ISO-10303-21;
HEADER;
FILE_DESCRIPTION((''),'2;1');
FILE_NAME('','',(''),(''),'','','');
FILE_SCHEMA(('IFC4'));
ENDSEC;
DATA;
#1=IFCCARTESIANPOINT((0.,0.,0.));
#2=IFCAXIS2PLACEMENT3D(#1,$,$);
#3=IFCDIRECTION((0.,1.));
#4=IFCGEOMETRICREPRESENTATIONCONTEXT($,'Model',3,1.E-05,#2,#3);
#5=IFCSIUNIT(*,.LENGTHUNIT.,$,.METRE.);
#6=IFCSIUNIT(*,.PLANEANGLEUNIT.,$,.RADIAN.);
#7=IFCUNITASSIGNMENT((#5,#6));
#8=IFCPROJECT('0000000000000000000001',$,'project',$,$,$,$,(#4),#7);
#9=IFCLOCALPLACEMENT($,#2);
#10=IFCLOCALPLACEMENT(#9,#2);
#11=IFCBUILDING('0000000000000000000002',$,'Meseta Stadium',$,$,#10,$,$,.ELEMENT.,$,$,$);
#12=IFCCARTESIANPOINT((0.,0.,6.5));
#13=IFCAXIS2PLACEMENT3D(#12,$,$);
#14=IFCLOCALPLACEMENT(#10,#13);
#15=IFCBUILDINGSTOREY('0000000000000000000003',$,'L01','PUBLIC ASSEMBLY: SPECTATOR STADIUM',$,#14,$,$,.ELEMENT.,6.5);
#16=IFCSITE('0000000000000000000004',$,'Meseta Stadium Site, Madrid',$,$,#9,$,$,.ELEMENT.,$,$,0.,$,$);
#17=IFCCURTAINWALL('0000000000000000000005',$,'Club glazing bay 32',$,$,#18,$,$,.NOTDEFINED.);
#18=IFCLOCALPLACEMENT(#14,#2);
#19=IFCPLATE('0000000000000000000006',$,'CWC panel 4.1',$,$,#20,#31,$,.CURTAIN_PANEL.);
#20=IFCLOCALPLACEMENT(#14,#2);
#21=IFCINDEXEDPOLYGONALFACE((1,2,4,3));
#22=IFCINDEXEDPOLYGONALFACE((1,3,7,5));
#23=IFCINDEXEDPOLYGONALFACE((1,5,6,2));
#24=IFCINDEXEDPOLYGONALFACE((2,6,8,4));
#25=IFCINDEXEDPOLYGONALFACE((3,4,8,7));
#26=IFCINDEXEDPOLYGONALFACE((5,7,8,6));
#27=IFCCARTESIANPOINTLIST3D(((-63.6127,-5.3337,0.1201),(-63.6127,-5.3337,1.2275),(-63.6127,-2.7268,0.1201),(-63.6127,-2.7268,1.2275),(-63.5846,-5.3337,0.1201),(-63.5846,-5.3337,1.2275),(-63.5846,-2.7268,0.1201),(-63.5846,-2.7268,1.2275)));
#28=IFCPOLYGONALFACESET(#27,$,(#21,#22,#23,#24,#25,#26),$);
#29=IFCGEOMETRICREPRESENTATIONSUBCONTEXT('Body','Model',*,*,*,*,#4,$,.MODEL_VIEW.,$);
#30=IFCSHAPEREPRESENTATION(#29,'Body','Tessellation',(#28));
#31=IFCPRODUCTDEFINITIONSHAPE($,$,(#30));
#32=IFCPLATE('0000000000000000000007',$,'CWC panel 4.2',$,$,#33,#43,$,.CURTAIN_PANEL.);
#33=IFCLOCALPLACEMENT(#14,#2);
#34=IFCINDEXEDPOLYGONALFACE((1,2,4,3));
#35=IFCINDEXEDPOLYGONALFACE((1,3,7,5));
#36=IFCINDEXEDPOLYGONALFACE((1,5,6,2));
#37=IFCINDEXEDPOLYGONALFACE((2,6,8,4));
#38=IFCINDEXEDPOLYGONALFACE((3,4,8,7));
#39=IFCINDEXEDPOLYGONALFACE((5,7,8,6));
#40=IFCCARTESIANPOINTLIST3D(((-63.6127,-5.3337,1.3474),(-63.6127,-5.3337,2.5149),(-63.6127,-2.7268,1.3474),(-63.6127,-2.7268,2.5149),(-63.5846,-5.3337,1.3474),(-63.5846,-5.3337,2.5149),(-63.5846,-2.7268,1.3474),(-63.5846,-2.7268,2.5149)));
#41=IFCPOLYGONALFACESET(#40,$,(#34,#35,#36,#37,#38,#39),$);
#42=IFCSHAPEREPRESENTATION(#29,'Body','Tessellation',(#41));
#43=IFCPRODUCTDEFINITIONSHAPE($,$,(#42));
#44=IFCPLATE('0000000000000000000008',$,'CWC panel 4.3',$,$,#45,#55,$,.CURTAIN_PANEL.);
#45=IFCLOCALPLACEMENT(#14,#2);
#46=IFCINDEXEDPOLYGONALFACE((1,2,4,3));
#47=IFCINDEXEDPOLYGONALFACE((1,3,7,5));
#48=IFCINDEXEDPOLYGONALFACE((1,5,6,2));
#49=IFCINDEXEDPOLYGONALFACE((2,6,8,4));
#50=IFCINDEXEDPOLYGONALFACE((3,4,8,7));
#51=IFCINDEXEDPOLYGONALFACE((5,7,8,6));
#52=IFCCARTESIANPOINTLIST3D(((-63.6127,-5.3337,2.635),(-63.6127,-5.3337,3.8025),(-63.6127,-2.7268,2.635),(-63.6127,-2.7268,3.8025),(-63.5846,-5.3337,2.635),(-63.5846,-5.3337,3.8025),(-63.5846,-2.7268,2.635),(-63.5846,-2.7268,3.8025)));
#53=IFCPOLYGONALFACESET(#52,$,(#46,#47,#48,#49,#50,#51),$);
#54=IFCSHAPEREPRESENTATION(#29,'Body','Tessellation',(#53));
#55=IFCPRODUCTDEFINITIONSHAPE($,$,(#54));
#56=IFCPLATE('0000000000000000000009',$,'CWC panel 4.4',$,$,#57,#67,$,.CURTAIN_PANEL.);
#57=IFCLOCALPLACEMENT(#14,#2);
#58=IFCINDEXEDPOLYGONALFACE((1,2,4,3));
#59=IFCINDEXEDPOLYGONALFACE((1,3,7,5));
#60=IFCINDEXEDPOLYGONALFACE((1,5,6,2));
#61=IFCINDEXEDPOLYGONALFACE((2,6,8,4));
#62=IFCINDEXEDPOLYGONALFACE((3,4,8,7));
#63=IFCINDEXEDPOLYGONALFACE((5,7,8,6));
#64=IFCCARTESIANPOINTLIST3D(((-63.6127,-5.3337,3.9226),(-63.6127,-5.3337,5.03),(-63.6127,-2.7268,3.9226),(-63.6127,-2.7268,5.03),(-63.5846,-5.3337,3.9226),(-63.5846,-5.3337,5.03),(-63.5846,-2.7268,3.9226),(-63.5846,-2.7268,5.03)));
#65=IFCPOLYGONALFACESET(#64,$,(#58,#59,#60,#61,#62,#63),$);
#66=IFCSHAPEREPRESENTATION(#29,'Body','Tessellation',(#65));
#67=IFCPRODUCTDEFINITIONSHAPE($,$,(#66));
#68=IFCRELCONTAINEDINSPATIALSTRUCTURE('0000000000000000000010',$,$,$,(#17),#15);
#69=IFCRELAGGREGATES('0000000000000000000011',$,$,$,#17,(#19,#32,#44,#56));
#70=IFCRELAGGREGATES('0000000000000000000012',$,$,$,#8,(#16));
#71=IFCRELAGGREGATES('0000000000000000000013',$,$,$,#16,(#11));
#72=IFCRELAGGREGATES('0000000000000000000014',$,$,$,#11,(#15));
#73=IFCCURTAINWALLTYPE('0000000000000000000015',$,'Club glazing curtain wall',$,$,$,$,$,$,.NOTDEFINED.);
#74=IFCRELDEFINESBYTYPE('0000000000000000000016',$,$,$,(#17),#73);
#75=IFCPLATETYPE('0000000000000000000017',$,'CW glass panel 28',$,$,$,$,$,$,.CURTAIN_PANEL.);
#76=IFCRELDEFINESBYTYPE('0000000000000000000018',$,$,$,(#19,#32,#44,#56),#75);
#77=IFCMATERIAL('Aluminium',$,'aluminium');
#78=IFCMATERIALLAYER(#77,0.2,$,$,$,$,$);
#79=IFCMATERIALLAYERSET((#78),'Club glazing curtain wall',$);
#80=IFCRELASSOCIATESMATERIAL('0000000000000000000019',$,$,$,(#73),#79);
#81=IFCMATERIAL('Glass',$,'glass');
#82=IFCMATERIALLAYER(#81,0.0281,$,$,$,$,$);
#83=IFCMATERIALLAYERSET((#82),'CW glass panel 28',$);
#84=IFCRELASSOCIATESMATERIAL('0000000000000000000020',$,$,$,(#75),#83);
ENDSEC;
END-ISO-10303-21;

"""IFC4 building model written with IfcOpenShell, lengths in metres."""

from ifc_helpers import new_model, si_unit, direction, frame, origin, origin_2d, place, context, subcontext, project, spatial, rectangle, extrude, material, layer, layer_set, type_object, element, aggregate, save


model = new_model("IFC4")

# Units and contexts
model_context = context("Model", 3, precision=1e-05, world=origin(), true_north=direction((0.0, 1.0)))
body_context = subcontext(model_context, "Body", "Model", "MODEL_VIEW")
ifc_project = project(units=[si_unit("LENGTHUNIT", "METRE"), si_unit("PLANEANGLEUNIT", "RADIAN")], contexts=[model_context])

# Site, building, storey
site_placement = place(None, origin())
site = spatial("IfcSite", under=ifc_project, at=site_placement, Name="Meseta Stadium Site, Madrid", CompositionType="ELEMENT", RefElevation=0.0)
building_placement = place(site_placement, origin())
building = spatial("IfcBuilding", under=site, at=building_placement, Name="Meseta Stadium", CompositionType="ELEMENT")
storey_placement = place(building_placement, frame((0.0, 0.0, 6.5)))
storey = spatial("IfcBuildingStorey", under=building, at=storey_placement, Name="L01", Description="PUBLIC ASSEMBLY: SPECTATOR STADIUM", CompositionType="ELEMENT", Elevation=6.5)

# Curtain wall
ifc_material_1 = material(Name="Aluminium", Category="aluminium")
ifc_layer_1 = layer(ifc_material_1, 0.2)
ifc_layer_set_1 = layer_set([ifc_layer_1], Name="Club glazing curtain wall")
curtain_wall_type = type_object("IfcCurtainWallType", Name="Club glazing curtain wall", PredefinedType="NOTDEFINED", material=ifc_layer_set_1)
curtain_wall_placement = place(storey_placement, origin())
curtain_wall = element("IfcCurtainWall", 1, at=curtain_wall_placement, inside=storey, type_object=curtain_wall_type, Name="Club glazing bay 32", PredefinedType="NOTDEFINED")

# Plates
ifc_material_2 = material(Name="Glass", Category="glass")
ifc_layer_2 = layer(ifc_material_2, 0.0281)
ifc_layer_set_2 = layer_set([ifc_layer_2], Name="CW glass panel 28")
plate_type = type_object("IfcPlateType", Name="CW glass panel 28", PredefinedType="CURTAIN_PANEL", material=ifc_layer_set_2)
plate_1_placement = place(storey_placement, frame((-63.5986, -4.0303, 0.1201), z_axis=(0.0, 0.0, 1.0), x_axis=(0.0, -1.0, 0.0)))
plate_1 = element("IfcPlate", 2, at=plate_1_placement, type_object=plate_type, Name="CWC panel 4.1", PredefinedType="CURTAIN_PANEL", context=body_context, shape_type="SweptSolid", body=[
    extrude(rectangle(XDim=2.6069, YDim=0.0281, at=origin_2d()), origin(), (0.0, 0.0, 1.0), 1.1074),
])
plate_2_placement = place(storey_placement, frame((-63.5986, -4.0303, 1.3474), z_axis=(0.0, 0.0, 1.0), x_axis=(0.0, -1.0, 0.0)))
plate_2 = element("IfcPlate", 3, at=plate_2_placement, type_object=plate_type, Name="CWC panel 4.2", PredefinedType="CURTAIN_PANEL", context=body_context, shape_type="SweptSolid", body=[
    extrude(rectangle(XDim=2.6069, YDim=0.0281, at=origin_2d()), origin(), (0.0, 0.0, 1.0), 1.1675),
])
plate_3_placement = place(storey_placement, frame((-63.5986, -4.0303, 2.635), z_axis=(0.0, 0.0, 1.0), x_axis=(0.0, -1.0, 0.0)))
plate_3 = element("IfcPlate", 4, at=plate_3_placement, type_object=plate_type, Name="CWC panel 4.3", PredefinedType="CURTAIN_PANEL", context=body_context, shape_type="SweptSolid", body=[
    extrude(rectangle(XDim=2.6069, YDim=0.0281, at=origin_2d()), origin(), (0.0, 0.0, 1.0), 1.1675),
])
plate_4_placement = place(storey_placement, frame((-63.5986, -4.0303, 3.9226), z_axis=(0.0, 0.0, 1.0), x_axis=(0.0, -1.0, 0.0)))
plate_4 = element("IfcPlate", 5, at=plate_4_placement, type_object=plate_type, Name="CWC panel 4.4", PredefinedType="CURTAIN_PANEL", context=body_context, shape_type="SweptSolid", body=[
    extrude(rectangle(XDim=2.6069, YDim=0.0281, at=origin_2d()), origin(), (0.0, 0.0, 1.0), 1.1074),
])
aggregate(curtain_wall, [plate_1, plate_2, plate_3, plate_4])

save(model, "model.ifc")
